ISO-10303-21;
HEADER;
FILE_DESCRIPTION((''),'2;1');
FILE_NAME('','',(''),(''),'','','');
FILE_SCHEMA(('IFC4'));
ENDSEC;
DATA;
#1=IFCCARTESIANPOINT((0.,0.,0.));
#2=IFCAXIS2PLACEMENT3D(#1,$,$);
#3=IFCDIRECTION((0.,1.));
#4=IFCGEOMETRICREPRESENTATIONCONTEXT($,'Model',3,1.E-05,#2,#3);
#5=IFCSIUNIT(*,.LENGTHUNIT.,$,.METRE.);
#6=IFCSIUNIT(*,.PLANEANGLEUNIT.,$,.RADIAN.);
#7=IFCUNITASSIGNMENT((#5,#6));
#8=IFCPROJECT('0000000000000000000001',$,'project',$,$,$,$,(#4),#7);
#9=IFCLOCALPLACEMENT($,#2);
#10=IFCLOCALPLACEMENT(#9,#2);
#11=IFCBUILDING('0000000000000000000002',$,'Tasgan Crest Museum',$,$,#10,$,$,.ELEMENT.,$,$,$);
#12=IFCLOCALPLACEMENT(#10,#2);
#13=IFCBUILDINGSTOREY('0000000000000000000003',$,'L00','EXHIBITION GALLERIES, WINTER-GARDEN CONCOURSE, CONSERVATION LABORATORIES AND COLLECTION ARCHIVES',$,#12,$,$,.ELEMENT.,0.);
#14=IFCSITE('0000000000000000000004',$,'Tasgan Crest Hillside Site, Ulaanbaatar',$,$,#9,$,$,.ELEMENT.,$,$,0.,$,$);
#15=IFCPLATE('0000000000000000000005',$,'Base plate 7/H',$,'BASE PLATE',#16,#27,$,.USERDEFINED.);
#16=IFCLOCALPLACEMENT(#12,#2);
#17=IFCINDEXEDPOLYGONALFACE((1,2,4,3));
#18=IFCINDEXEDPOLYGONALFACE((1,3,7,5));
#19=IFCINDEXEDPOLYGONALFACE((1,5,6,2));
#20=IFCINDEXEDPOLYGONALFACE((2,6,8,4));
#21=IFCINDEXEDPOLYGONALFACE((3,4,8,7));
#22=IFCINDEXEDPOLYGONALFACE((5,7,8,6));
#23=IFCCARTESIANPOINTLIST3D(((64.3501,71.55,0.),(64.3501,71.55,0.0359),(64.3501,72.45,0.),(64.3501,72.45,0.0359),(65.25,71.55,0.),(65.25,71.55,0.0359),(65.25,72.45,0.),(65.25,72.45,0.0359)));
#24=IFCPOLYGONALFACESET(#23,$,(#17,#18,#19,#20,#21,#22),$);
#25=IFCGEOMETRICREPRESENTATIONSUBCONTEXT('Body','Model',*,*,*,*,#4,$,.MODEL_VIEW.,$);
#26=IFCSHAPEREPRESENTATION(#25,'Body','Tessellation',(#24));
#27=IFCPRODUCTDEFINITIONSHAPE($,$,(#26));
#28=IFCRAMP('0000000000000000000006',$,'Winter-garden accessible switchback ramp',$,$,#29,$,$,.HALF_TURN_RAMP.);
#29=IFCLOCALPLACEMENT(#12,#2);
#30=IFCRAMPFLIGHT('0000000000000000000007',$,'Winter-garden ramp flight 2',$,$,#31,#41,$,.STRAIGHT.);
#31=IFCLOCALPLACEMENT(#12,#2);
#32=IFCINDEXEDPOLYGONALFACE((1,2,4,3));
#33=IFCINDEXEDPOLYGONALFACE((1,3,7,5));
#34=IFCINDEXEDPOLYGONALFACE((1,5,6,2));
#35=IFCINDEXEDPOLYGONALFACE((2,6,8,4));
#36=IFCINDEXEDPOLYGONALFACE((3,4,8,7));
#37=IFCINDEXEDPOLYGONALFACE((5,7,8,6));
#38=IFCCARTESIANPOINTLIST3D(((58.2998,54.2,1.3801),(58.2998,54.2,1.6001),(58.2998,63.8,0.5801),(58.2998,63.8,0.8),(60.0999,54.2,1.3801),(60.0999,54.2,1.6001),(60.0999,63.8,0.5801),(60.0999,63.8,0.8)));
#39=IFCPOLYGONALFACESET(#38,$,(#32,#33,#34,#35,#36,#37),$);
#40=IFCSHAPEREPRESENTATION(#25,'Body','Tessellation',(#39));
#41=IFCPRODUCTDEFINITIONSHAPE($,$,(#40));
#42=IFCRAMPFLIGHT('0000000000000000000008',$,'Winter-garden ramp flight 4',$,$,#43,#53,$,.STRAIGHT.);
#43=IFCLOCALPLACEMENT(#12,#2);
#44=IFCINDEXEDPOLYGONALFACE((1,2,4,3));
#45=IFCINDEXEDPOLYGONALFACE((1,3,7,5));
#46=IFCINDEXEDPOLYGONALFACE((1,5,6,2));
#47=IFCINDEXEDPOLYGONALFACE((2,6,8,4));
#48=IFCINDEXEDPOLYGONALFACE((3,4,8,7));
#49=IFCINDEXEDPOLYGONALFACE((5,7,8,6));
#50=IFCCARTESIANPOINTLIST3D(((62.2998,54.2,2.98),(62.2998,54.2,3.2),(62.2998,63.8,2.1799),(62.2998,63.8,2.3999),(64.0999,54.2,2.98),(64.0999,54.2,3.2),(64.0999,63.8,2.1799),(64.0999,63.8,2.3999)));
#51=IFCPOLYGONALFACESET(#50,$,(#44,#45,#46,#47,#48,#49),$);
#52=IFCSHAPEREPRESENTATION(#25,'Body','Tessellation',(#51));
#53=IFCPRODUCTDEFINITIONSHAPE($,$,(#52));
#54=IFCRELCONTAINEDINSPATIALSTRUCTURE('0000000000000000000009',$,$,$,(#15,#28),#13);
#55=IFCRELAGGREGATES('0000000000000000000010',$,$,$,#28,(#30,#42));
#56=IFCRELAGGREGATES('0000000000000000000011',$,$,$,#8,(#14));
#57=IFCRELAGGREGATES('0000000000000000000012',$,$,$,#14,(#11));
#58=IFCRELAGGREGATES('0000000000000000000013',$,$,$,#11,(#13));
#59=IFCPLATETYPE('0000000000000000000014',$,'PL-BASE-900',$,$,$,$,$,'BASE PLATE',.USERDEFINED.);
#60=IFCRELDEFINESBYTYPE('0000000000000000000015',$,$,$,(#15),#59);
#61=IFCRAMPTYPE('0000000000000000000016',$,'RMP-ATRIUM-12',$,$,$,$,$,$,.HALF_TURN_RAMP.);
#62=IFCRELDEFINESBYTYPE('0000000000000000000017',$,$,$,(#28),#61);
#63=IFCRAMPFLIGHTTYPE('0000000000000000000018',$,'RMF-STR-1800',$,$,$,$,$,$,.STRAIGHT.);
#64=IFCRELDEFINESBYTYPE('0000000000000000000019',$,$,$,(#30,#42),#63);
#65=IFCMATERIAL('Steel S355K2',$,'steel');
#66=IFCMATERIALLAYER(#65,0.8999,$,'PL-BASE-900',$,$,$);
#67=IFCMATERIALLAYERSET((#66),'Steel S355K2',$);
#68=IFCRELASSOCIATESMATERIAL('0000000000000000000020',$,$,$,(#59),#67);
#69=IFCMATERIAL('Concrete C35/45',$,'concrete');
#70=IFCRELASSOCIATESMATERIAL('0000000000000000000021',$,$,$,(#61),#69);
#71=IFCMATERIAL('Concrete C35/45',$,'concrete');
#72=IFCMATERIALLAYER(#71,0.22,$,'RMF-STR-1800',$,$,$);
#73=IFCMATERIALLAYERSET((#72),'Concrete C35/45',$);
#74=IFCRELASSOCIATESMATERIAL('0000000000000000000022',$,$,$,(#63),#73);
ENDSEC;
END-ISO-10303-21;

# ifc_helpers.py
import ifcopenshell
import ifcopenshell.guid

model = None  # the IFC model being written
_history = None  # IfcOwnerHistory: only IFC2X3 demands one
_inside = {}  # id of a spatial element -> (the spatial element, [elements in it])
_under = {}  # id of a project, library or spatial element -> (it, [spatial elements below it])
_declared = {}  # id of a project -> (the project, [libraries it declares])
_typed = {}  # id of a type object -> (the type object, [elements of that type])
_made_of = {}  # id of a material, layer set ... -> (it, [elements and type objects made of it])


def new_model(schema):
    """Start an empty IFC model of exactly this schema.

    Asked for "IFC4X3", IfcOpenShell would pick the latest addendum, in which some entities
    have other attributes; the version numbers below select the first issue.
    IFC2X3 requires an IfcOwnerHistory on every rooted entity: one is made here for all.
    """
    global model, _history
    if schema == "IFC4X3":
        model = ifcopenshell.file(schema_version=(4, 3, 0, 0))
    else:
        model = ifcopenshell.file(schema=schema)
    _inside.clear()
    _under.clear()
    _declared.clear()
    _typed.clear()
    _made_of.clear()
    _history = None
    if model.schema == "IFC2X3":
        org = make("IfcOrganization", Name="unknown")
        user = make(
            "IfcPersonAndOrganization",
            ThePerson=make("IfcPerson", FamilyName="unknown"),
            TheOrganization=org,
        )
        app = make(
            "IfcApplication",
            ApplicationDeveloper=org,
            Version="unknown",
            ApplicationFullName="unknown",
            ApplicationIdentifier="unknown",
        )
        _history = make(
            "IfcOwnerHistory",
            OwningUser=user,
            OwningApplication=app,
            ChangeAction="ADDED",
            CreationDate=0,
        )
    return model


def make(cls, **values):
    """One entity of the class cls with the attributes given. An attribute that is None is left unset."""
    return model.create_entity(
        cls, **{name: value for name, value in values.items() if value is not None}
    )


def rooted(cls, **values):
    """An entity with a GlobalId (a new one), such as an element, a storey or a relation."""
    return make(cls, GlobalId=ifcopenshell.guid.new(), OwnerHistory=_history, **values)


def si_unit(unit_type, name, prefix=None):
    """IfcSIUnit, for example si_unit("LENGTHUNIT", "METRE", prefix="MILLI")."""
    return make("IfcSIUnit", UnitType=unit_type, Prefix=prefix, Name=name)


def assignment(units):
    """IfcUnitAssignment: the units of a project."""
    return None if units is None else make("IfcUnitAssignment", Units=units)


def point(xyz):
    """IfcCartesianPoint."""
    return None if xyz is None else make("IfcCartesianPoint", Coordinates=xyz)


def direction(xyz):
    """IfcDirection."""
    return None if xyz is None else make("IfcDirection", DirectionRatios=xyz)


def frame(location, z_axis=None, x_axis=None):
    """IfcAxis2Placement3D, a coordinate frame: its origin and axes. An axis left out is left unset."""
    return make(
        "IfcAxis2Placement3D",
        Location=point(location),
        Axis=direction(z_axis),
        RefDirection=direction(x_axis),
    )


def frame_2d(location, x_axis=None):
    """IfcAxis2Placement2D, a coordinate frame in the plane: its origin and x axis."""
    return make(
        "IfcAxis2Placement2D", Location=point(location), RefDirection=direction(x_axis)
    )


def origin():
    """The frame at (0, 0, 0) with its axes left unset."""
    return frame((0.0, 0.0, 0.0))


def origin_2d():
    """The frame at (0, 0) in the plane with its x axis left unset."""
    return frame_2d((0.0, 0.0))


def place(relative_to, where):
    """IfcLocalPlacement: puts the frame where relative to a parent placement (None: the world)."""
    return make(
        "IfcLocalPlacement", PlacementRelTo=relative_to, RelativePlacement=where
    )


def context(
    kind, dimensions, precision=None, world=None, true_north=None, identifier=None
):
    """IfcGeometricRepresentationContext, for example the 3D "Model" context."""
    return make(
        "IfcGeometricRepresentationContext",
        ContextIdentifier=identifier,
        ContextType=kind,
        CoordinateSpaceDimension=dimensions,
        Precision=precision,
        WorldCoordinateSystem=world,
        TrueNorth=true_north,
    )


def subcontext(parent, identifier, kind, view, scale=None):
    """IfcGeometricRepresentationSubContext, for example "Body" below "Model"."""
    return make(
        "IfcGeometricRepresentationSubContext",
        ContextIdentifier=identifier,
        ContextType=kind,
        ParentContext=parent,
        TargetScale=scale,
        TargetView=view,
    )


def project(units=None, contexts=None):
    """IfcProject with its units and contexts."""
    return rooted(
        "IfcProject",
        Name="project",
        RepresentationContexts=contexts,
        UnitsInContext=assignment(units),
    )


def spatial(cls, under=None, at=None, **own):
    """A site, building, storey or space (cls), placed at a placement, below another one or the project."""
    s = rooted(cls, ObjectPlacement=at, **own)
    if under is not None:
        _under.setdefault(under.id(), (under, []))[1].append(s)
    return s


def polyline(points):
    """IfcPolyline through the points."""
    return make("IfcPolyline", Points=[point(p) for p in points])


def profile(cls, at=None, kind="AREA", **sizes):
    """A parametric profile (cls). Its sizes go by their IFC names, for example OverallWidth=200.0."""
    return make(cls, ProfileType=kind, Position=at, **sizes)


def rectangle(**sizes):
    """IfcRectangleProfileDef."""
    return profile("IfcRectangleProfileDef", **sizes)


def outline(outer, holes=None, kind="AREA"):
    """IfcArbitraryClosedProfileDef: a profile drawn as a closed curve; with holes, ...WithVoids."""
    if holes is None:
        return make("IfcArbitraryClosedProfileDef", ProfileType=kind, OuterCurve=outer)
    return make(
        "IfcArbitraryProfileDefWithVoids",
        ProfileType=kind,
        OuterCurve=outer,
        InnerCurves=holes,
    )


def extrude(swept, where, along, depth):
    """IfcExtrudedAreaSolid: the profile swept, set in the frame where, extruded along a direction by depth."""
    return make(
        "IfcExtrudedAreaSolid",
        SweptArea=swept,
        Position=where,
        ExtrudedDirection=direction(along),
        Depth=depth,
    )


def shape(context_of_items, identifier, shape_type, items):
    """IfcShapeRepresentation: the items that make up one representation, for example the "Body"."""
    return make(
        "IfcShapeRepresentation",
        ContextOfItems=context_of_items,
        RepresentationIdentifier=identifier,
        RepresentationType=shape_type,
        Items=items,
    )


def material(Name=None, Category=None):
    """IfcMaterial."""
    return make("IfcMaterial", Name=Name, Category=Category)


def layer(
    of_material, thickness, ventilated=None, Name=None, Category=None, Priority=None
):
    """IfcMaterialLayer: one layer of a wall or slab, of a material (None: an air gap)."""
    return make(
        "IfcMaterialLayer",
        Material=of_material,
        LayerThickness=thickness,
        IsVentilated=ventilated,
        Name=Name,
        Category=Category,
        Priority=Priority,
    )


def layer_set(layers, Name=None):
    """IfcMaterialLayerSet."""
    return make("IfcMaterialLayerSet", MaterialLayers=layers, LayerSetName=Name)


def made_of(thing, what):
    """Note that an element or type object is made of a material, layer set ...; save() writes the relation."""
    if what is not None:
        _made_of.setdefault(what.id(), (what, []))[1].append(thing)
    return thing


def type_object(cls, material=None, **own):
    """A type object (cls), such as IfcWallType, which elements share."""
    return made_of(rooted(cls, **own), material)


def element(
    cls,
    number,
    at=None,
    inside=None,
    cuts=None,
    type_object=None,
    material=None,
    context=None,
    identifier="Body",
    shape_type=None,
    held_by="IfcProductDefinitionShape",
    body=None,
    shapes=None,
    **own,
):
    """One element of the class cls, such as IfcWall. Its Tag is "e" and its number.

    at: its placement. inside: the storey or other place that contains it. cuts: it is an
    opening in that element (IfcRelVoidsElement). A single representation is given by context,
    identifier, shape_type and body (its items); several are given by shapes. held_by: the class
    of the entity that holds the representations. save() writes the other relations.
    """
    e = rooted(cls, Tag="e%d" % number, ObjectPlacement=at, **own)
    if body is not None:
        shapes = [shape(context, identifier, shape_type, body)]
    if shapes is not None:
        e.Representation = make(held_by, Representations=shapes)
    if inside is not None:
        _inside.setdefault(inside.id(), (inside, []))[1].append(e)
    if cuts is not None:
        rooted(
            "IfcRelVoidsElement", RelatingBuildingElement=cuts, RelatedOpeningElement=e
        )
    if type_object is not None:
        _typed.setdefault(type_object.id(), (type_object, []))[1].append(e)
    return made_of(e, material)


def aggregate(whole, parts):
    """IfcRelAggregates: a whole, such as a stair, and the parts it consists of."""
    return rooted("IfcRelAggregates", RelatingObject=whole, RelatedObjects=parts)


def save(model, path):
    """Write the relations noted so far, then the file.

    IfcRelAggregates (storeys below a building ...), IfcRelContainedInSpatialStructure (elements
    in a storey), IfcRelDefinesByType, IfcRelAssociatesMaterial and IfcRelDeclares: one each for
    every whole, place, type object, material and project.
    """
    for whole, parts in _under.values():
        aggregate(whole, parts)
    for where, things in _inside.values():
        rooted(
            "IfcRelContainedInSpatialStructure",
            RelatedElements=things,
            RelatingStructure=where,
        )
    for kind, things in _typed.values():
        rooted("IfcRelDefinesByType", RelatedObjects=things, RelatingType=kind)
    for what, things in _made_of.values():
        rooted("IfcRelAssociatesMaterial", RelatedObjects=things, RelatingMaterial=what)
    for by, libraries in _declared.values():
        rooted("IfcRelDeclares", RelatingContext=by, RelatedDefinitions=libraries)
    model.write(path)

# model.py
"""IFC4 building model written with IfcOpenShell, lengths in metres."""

from ifc_helpers import new_model, si_unit, direction, frame, origin, origin_2d, place, context, subcontext, project, spatial, polyline, rectangle, outline, extrude, material, layer, layer_set, type_object, element, aggregate, save


model = new_model("IFC4")

# Units and contexts
model_context = context("Model", 3, precision=1e-05, world=origin(), true_north=direction((0.0, 1.0)))
body_context = subcontext(model_context, "Body", "Model", "MODEL_VIEW")
ifc_project = project(units=[si_unit("LENGTHUNIT", "METRE"), si_unit("PLANEANGLEUNIT", "RADIAN")], contexts=[model_context])

# Site, building, storey
site_placement = place(None, origin())
site = spatial("IfcSite", under=ifc_project, at=site_placement, Name="Tasgan Crest Hillside Site, Ulaanbaatar", CompositionType="ELEMENT", RefElevation=0.0)
building_placement = place(site_placement, origin())
building = spatial("IfcBuilding", under=site, at=building_placement, Name="Tasgan Crest Museum", CompositionType="ELEMENT")
storey_placement = place(building_placement, origin())
storey = spatial("IfcBuildingStorey", under=building, at=storey_placement, Name="L00", Description="EXHIBITION GALLERIES, WINTER-GARDEN CONCOURSE, CONSERVATION LABORATORIES AND COLLECTION ARCHIVES", CompositionType="ELEMENT", Elevation=0.0)

# Plate
ifc_material_1 = material(Name="Steel S355K2", Category="steel")
ifc_layer_1 = layer(ifc_material_1, 0.8999, Name="PL-BASE-900")
ifc_layer_set_1 = layer_set([ifc_layer_1], Name="Steel S355K2")
plate_type = type_object("IfcPlateType", Name="PL-BASE-900", ElementType="BASE PLATE", PredefinedType="USERDEFINED", material=ifc_layer_set_1)
for number, where, z_axis, x_axis, name in (
    (1, (64.8, 72.0, 0.0), (0.0, 0.0, 1.0), (1.0, 0.0, 0.0), "Base plate 7/H"),
):
    element("IfcPlate", number, at=place(storey_placement, frame(where, z_axis=z_axis, x_axis=x_axis)), inside=storey, type_object=plate_type, Name=name, ObjectType="BASE PLATE", PredefinedType="USERDEFINED", context=body_context, shape_type="SweptSolid", body=[
        extrude(rectangle(XDim=0.8999, YDim=0.8999, at=origin_2d()), origin(), (0.0, 0.0, 1.0), 0.0359),
    ])

# Ramp, ramp flights
ifc_material_2 = material(Name="Concrete C35/45", Category="concrete")
ramp_type = type_object("IfcRampType", Name="RMP-ATRIUM-12", PredefinedType="HALF_TURN_RAMP", material=ifc_material_2)
ramp_placement = place(storey_placement, origin())
ramp = element("IfcRamp", 2, at=ramp_placement, inside=storey, type_object=ramp_type, Name="Winter-garden accessible switchback ramp", PredefinedType="HALF_TURN_RAMP")
ifc_material_3 = material(Name="Concrete C35/45", Category="concrete")
ifc_layer_2 = layer(ifc_material_3, 0.22, Name="RMF-STR-1800")
ifc_layer_set_2 = layer_set([ifc_layer_2], Name="Concrete C35/45")
ramp_flight_type = type_object("IfcRampFlightType", Name="RMF-STR-1800", PredefinedType="STRAIGHT", material=ifc_layer_set_2)
ramp_flight_1_placement = place(storey_placement, frame((59.2, 63.8, 0.8), z_axis=(0.0, 0.0, 1.0), x_axis=(0.0, -1.0, 0.0)))
ramp_flight_1 = element("IfcRampFlight", 3, at=ramp_flight_1_placement, type_object=ramp_flight_type, Name="Winter-garden ramp flight 2", PredefinedType="STRAIGHT", context=body_context, shape_type="SweptSolid", body=[
    extrude(outline(polyline([(0.0, 0.0), (9.6001, 0.8), (9.6001, 0.5801), (0.0, -0.22), (0.0, 0.0)])), frame((0.0, 0.8999, 0.0), z_axis=(0.0, -1.0, 0.0), x_axis=(1.0, 0.0, 0.0)), (0.0, 0.0, 1.0), 1.8),
])
ramp_flight_2_placement = place(storey_placement, frame((63.2, 63.8, 2.3999), z_axis=(0.0, 0.0, 1.0), x_axis=(0.0, -1.0, 0.0)))
ramp_flight_2 = element("IfcRampFlight", 4, at=ramp_flight_2_placement, type_object=ramp_flight_type, Name="Winter-garden ramp flight 4", PredefinedType="STRAIGHT", context=body_context, shape_type="SweptSolid", body=[
    extrude(outline(polyline([(0.0, 0.0), (9.6001, 0.8), (9.6001, 0.5801), (0.0, -0.22), (0.0, 0.0)])), frame((0.0, 0.8999, 0.0), z_axis=(0.0, -1.0, 0.0), x_axis=(1.0, 0.0, 0.0)), (0.0, 0.0, 1.0), 1.8),
])
aggregate(ramp, [ramp_flight_1, ramp_flight_2])

save(model, "model.ifc")
